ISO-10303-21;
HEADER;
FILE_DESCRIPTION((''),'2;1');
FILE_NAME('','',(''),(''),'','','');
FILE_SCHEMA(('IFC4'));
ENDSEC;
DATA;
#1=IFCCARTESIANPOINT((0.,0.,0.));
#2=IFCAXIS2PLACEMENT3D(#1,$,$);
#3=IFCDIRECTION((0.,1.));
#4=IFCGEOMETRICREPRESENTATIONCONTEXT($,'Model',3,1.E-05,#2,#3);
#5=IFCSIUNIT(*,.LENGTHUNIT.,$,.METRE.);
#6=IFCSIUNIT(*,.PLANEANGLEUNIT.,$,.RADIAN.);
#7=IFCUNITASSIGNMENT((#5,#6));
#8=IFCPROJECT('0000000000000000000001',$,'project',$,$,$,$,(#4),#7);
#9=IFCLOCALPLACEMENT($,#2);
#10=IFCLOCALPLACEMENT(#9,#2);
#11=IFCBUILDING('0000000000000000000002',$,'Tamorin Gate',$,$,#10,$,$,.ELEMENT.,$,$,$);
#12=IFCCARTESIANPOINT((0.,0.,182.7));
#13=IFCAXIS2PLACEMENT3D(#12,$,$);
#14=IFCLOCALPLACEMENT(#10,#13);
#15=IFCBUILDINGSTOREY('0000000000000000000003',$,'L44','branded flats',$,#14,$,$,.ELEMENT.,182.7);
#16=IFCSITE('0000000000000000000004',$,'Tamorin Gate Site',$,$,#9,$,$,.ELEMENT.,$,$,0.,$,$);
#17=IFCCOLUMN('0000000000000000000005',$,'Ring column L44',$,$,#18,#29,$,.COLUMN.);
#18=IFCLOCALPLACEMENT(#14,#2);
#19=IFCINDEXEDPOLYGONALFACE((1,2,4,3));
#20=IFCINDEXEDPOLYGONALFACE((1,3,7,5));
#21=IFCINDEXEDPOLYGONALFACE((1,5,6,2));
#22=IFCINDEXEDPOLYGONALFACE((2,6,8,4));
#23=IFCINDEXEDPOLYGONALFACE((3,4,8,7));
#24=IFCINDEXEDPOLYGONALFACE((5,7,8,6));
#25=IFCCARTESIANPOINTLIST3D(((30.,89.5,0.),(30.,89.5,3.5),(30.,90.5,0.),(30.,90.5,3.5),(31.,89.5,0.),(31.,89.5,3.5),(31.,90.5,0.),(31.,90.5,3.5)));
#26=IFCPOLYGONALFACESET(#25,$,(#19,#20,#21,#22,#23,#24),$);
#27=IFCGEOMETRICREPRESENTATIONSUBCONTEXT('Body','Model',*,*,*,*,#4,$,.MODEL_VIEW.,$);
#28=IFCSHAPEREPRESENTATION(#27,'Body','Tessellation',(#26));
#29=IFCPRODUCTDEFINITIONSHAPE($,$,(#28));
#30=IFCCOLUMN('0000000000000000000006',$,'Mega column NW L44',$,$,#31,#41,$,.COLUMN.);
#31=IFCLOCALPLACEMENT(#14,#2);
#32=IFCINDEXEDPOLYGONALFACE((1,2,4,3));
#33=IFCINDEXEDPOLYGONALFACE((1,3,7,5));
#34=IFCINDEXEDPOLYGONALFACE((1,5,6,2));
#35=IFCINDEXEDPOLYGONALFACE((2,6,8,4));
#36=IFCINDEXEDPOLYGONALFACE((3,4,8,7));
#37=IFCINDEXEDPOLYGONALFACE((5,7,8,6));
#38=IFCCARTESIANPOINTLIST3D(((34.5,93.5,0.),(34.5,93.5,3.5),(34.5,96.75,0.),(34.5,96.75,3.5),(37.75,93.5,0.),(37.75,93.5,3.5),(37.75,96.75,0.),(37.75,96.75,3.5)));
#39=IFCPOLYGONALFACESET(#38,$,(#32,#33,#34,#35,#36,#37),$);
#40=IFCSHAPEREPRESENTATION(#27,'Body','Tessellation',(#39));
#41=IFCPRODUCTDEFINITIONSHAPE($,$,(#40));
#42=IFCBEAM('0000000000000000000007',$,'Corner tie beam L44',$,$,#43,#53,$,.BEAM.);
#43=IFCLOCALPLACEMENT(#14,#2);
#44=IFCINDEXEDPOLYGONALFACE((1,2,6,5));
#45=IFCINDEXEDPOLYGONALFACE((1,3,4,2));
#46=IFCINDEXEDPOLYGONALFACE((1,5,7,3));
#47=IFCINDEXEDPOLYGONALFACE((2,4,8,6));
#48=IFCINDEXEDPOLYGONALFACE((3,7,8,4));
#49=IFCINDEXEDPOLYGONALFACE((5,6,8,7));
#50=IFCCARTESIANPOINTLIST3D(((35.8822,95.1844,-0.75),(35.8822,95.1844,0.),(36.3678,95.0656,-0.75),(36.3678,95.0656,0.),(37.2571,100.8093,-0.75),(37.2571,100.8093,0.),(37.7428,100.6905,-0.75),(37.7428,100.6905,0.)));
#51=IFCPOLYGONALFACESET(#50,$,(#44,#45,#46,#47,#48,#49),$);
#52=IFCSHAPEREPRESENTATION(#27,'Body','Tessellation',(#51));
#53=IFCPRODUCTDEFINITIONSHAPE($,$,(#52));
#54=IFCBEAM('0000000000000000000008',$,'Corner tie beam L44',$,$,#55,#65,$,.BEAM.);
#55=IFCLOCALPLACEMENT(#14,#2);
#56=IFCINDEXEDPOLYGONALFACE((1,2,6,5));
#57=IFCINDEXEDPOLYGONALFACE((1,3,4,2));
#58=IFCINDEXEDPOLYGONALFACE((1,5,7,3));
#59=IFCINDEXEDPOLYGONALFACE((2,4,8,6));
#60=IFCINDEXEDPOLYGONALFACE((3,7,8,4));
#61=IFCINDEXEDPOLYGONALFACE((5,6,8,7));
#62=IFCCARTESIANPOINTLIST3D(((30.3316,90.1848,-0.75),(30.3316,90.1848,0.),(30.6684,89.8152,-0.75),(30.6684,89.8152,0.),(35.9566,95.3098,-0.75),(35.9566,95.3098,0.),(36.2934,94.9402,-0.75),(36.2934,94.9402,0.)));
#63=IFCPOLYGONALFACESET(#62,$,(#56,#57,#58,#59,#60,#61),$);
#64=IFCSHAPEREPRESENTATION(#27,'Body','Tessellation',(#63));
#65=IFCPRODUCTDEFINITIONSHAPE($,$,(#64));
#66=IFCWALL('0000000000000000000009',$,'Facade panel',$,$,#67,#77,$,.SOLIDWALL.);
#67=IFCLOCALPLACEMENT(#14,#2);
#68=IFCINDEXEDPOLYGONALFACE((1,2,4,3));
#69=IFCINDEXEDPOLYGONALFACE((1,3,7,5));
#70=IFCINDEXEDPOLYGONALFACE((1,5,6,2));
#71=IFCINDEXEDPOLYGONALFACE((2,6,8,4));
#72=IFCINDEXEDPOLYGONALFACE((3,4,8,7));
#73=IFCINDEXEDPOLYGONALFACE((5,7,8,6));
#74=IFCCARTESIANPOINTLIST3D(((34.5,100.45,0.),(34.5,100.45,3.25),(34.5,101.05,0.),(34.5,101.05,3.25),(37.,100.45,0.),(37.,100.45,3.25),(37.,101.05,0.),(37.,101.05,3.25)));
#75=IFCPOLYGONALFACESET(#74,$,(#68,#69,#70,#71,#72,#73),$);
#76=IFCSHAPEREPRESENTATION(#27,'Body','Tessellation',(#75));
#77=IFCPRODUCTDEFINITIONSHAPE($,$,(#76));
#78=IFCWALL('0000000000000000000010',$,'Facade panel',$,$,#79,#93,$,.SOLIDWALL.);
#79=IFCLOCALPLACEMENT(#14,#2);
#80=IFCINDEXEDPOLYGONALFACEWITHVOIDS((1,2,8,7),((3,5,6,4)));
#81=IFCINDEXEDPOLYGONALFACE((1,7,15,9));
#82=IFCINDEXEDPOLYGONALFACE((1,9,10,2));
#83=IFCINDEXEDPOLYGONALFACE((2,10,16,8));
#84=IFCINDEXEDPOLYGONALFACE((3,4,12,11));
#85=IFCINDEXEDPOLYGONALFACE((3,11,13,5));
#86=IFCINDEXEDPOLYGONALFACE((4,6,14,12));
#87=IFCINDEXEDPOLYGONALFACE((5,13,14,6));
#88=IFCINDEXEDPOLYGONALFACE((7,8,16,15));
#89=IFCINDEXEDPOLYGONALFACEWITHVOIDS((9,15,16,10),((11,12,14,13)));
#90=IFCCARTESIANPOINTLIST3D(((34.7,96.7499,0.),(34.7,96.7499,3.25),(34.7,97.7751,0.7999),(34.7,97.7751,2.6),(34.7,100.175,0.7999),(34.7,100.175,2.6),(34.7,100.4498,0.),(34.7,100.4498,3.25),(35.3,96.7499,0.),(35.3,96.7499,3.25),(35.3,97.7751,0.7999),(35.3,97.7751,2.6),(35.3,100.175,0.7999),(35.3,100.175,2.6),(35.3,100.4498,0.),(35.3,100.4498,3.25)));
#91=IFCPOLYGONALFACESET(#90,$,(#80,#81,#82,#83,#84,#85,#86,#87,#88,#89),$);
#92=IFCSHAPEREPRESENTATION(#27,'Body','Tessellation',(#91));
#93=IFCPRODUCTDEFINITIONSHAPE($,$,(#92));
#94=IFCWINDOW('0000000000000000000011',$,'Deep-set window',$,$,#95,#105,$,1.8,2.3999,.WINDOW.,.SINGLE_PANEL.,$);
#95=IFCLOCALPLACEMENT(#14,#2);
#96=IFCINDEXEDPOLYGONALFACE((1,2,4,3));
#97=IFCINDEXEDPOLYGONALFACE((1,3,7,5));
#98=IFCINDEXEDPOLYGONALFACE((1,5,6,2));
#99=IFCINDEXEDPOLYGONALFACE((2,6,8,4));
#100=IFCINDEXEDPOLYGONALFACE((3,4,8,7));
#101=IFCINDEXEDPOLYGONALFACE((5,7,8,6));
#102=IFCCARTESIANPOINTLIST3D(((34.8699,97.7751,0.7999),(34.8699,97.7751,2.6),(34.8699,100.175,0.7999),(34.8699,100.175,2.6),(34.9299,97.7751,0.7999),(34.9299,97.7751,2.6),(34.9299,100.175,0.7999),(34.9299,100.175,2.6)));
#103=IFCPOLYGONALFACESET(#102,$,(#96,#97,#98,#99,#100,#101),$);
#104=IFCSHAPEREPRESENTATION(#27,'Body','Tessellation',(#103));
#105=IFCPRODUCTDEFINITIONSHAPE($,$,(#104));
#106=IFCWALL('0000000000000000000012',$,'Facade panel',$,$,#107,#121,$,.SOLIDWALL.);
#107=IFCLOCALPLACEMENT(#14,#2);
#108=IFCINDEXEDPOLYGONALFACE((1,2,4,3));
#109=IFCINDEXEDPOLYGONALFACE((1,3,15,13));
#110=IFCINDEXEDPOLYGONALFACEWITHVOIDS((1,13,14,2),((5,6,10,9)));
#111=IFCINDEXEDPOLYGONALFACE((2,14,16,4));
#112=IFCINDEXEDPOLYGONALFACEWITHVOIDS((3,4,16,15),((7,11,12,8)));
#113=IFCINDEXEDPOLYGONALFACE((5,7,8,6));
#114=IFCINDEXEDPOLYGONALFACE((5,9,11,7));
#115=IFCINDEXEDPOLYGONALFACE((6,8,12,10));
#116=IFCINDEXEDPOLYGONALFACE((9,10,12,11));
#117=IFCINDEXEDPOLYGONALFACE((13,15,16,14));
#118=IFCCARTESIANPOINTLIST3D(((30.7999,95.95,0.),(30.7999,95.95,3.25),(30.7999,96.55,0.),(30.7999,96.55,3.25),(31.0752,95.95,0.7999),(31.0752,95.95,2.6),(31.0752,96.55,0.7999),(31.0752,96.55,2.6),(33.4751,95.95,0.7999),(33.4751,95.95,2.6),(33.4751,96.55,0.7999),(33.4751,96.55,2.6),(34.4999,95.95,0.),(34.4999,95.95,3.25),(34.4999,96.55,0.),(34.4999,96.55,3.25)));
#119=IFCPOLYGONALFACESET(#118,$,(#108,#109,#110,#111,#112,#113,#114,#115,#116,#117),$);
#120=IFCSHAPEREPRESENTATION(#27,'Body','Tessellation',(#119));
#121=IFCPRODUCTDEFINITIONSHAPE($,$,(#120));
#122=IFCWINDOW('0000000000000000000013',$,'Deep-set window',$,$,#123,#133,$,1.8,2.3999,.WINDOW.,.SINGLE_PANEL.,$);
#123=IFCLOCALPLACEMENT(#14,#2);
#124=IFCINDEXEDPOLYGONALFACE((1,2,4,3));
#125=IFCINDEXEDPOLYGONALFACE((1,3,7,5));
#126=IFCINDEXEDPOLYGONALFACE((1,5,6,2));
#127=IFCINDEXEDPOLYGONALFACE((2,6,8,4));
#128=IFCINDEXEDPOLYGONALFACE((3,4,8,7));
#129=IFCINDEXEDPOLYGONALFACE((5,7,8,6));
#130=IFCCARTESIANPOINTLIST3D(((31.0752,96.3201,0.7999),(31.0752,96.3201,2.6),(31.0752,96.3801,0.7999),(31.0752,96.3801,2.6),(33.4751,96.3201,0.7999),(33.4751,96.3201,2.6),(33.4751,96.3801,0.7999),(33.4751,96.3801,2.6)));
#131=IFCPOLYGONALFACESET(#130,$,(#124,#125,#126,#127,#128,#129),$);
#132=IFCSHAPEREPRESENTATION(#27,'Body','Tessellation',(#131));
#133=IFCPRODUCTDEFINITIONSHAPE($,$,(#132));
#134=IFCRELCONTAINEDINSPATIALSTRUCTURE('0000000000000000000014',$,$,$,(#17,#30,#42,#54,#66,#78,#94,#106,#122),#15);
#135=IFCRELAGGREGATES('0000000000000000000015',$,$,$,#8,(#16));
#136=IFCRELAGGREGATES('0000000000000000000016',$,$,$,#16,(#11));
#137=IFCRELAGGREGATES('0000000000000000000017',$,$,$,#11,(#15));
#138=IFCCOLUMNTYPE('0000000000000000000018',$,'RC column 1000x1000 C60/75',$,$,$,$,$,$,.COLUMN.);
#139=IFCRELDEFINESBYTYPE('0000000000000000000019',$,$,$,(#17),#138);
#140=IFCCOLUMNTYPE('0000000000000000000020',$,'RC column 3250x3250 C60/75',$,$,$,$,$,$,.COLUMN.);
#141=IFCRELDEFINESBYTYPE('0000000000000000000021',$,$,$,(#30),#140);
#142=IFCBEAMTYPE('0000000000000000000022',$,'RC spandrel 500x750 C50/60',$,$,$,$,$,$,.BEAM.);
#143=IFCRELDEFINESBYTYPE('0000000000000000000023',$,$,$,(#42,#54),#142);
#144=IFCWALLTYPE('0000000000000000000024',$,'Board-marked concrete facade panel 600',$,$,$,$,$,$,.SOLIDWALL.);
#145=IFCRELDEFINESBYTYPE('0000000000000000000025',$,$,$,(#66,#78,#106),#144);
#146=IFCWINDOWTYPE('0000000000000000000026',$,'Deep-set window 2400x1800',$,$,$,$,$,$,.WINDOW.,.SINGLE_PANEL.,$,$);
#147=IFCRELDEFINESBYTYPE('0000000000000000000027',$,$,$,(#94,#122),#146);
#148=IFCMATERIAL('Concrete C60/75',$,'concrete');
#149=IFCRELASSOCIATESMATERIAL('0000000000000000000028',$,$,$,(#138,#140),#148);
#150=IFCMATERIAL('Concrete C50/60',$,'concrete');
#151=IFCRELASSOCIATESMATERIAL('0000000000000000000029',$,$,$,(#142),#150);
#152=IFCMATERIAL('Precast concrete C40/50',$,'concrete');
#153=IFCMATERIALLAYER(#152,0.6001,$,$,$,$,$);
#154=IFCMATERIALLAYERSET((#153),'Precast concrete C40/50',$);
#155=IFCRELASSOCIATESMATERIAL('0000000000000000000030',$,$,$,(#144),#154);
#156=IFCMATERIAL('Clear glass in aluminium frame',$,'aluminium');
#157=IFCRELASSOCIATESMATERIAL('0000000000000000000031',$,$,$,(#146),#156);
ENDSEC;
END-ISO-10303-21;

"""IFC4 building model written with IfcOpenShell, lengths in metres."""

from ifc_helpers import new_model, si_unit, direction, frame, frame_2d, origin, origin_2d, place, context, subcontext, project, spatial, rectangle, extrude, material, layer, layer_set, material_profile, profile_set, type_object, element, fill, save


model = new_model("IFC4")

# Units and contexts
model_context = context("Model", 3, precision=1e-05, world=origin(), true_north=direction((0.0, 1.0)))
body_context = subcontext(model_context, "Body", "Model", "MODEL_VIEW")
ifc_project = project(units=[si_unit("LENGTHUNIT", "METRE"), si_unit("PLANEANGLEUNIT", "RADIAN")], contexts=[model_context])

# Site, building, storey
site_placement = place(None, origin())
site = spatial("IfcSite", under=ifc_project, at=site_placement, Name="Tamorin Gate Site", CompositionType="ELEMENT", RefElevation=0.0)
building_placement = place(site_placement, origin())
building = spatial("IfcBuilding", under=site, at=building_placement, Name="Tamorin Gate", CompositionType="ELEMENT")
storey_placement = place(building_placement, frame((0.0, 0.0, 182.7)))
storey = spatial("IfcBuildingStorey", under=building, at=storey_placement, Name="L44", Description="branded flats", CompositionType="ELEMENT", Elevation=182.7)

# Columns
ifc_material_1 = material(Name="Concrete C60/75", Category="concrete")
ifc_material_profile_1 = material_profile(ifc_material_1, rectangle(XDim=1.0, YDim=1.0, at=origin_2d()), Name="RC 1000x1000")
ifc_profile_set_1 = profile_set([ifc_material_profile_1], Name="Concrete C60/75")
column_type_1 = type_object("IfcColumnType", Name="RC column 1000x1000 C60/75", PredefinedType="COLUMN", material=ifc_profile_set_1)
column_1_placement = place(storey_placement, frame((30.5, 90.0, 0.0), z_axis=(0.0, 0.0, 1.0), x_axis=(1.0, 0.0, 0.0)))
element("IfcColumn", 1, at=column_1_placement, inside=storey, type_object=column_type_1, Name="Ring column L44", PredefinedType="COLUMN", context=body_context, shape_type="SweptSolid", body=[
    extrude(rectangle(XDim=1.0, YDim=1.0, at=origin_2d()), origin(), (0.0, 0.0, 1.0), 3.5),
])
ifc_material_profile_2 = material_profile(ifc_material_1, rectangle(XDim=3.25, YDim=3.25, at=origin_2d()), Name="RC 3250x3250")
ifc_profile_set_2 = profile_set([ifc_material_profile_2], Name="Concrete C60/75")
column_type_2 = type_object("IfcColumnType", Name="RC column 3250x3250 C60/75", PredefinedType="COLUMN", material=ifc_profile_set_2)
column_2_placement = place(storey_placement, frame((36.125, 95.125, 0.0), z_axis=(0.0, 0.0, 1.0), x_axis=(1.0, 0.0, 0.0)))
element("IfcColumn", 2, at=column_2_placement, inside=storey, type_object=column_type_2, Name="Mega column NW L44", PredefinedType="COLUMN", context=body_context, shape_type="SweptSolid", body=[
    extrude(rectangle(XDim=3.25, YDim=3.25, at=origin_2d()), origin(), (0.0, 0.0, 1.0), 3.5),
])

# Beams
ifc_material_2 = material(Name="Concrete C50/60", Category="concrete")
ifc_material_profile_3 = material_profile(ifc_material_2, rectangle(XDim=0.5, YDim=0.75, at=origin_2d()), Name="RC 500x750")
ifc_profile_set_3 = profile_set([ifc_material_profile_3], Name="Concrete C50/60")
beam_type = type_object("IfcBeamType", Name="RC spandrel 500x750 C50/60", PredefinedType="BEAM", material=ifc_profile_set_3)
beam_1_placement = place(storey_placement, frame((36.125, 95.125, -0.375), z_axis=(0.237453, 0.971399, 0.0), x_axis=(-0.971399, 0.237453, 0.0)))
element("IfcBeam", 3, at=beam_1_placement, inside=storey, type_object=beam_type, Name="Corner tie beam L44", PredefinedType="BEAM", context=body_context, shape_type="SweptSolid", body=[
    extrude(rectangle(XDim=0.5, YDim=0.75, at=origin_2d()), origin(), (0.0, 0.0, 1.0), 5.7905),
])
beam_2_placement = place(storey_placement, frame((36.125, 95.125, -0.375), z_axis=(-0.739196, -0.67349, 0.0), x_axis=(0.67349, -0.739196, 0.0)))
element("IfcBeam", 4, at=beam_2_placement, inside=storey, type_object=beam_type, Name="Corner tie beam L44", PredefinedType="BEAM", context=body_context, shape_type="SweptSolid", body=[
    extrude(rectangle(XDim=0.5, YDim=0.75, at=origin_2d()), origin(), (0.0, 0.0, 1.0), 7.6096),
])

# Wall
ifc_material_3 = material(Name="Precast concrete C40/50", Category="concrete")
ifc_layer = layer(ifc_material_3, 0.6001)
ifc_layer_set = layer_set([ifc_layer], Name="Precast concrete C40/50")
wall_type = type_object("IfcWallType", Name="Board-marked concrete facade panel 600", PredefinedType="SOLIDWALL", material=ifc_layer_set)
wall_1_placement = place(storey_placement, frame((37.0, 100.75, 0.0), z_axis=(0.0, 0.0, 1.0), x_axis=(-1.0, 0.0, 0.0)))
element("IfcWall", 5, at=wall_1_placement, inside=storey, type_object=wall_type, Name="Facade panel", PredefinedType="SOLIDWALL", context=body_context, shape_type="SweptSolid", body=[
    extrude(rectangle(XDim=2.5, YDim=0.6001, at=frame_2d((1.25, 0.0))), origin(), (0.0, 0.0, 1.0), 3.25),
])

# Walls, openings, windows
wall_2_placement = place(storey_placement, frame((35.0, 100.45, 0.0), z_axis=(0.0, 0.0, 1.0), x_axis=(0.0, -1.0, 0.0)))
wall_2 = element("IfcWall", 6, at=wall_2_placement, inside=storey, type_object=wall_type, Name="Facade panel", PredefinedType="SOLIDWALL", context=body_context, shape_type="SweptSolid", body=[
    extrude(rectangle(XDim=3.7, YDim=0.6001, at=frame_2d((1.8501, 0.0))), origin(), (0.0, 0.0, 1.0), 3.25),
])
opening_1_placement = place(wall_2_placement, frame((0.2749, 0.0, 0.8)))
opening_1 = element("IfcOpeningElement", 7, at=opening_1_placement, cuts=wall_2, PredefinedType="OPENING", context=body_context, shape_type="SweptSolid", body=[
    extrude(rectangle(XDim=2.3999, YDim=1.8, at=frame_2d((1.2, 0.8999))), frame((0.0, 0.3101, 0.0), z_axis=(0.0, -1.0, 0.0), x_axis=(1.0, 0.0, 0.0)), (0.0, 0.0, 1.0), 0.6201),
])
ifc_material_4 = material(Name="Clear glass in aluminium frame", Category="aluminium")
window_type_1 = type_object("IfcWindowType", Name="Deep-set window 2400x1800", PartitioningType="SINGLE_PANEL", PredefinedType="WINDOW", material=ifc_material_4)
window_1_placement = place(opening_1_placement, origin())
window_1 = element("IfcWindow", 8, at=window_1_placement, inside=storey, type_object=window_type_1, Name="Deep-set window", OverallHeight=1.8, OverallWidth=2.3999, PartitioningType="SINGLE_PANEL", PredefinedType="WINDOW", context=body_context, shape_type="SweptSolid", body=[
    extrude(rectangle(XDim=2.3999, YDim=1.8, at=frame_2d((1.2, 0.8999))), frame((0.0, -0.0701, 0.0), z_axis=(0.0, -1.0, 0.0), x_axis=(1.0, 0.0, 0.0)), (0.0, 0.0, 1.0), 0.0601),
])
fill(opening_1, window_1)
wall_3_placement = place(storey_placement, frame((34.5, 96.25, 0.0), z_axis=(0.0, 0.0, 1.0), x_axis=(-1.0, 0.0, 0.0)))
wall_3 = element("IfcWall", 9, at=wall_3_placement, inside=storey, type_object=wall_type, Name="Facade panel", PredefinedType="SOLIDWALL", context=body_context, shape_type="SweptSolid", body=[
    extrude(rectangle(XDim=3.7, YDim=0.6001, at=frame_2d((1.8501, 0.0))), origin(), (0.0, 0.0, 1.0), 3.25),
])
opening_2_placement = place(wall_3_placement, frame((1.0249, 0.0, 0.8)))
opening_2 = element("IfcOpeningElement", 10, at=opening_2_placement, cuts=wall_3, PredefinedType="OPENING", context=body_context, shape_type="SweptSolid", body=[
    extrude(rectangle(XDim=2.3999, YDim=1.8, at=frame_2d((1.2, 0.8999))), frame((0.0, 0.3101, 0.0), z_axis=(0.0, -1.0, 0.0), x_axis=(1.0, 0.0, 0.0)), (0.0, 0.0, 1.0), 0.6201),
])
window_2_placement = place(opening_2_placement, origin())
window_2 = element("IfcWindow", 11, at=window_2_placement, inside=storey, type_object=window_type_1, Name="Deep-set window", OverallHeight=1.8, OverallWidth=2.3999, PartitioningType="SINGLE_PANEL", PredefinedType="WINDOW", context=body_context, shape_type="SweptSolid", body=[
    extrude(rectangle(XDim=2.3999, YDim=1.8, at=frame_2d((1.2, 0.8999))), frame((0.0, -0.0701, 0.0), z_axis=(0.0, -1.0, 0.0), x_axis=(1.0, 0.0, 0.0)), (0.0, 0.0, 1.0), 0.0601),
])
fill(opening_2, window_2)

save(model, "model.ifc")
